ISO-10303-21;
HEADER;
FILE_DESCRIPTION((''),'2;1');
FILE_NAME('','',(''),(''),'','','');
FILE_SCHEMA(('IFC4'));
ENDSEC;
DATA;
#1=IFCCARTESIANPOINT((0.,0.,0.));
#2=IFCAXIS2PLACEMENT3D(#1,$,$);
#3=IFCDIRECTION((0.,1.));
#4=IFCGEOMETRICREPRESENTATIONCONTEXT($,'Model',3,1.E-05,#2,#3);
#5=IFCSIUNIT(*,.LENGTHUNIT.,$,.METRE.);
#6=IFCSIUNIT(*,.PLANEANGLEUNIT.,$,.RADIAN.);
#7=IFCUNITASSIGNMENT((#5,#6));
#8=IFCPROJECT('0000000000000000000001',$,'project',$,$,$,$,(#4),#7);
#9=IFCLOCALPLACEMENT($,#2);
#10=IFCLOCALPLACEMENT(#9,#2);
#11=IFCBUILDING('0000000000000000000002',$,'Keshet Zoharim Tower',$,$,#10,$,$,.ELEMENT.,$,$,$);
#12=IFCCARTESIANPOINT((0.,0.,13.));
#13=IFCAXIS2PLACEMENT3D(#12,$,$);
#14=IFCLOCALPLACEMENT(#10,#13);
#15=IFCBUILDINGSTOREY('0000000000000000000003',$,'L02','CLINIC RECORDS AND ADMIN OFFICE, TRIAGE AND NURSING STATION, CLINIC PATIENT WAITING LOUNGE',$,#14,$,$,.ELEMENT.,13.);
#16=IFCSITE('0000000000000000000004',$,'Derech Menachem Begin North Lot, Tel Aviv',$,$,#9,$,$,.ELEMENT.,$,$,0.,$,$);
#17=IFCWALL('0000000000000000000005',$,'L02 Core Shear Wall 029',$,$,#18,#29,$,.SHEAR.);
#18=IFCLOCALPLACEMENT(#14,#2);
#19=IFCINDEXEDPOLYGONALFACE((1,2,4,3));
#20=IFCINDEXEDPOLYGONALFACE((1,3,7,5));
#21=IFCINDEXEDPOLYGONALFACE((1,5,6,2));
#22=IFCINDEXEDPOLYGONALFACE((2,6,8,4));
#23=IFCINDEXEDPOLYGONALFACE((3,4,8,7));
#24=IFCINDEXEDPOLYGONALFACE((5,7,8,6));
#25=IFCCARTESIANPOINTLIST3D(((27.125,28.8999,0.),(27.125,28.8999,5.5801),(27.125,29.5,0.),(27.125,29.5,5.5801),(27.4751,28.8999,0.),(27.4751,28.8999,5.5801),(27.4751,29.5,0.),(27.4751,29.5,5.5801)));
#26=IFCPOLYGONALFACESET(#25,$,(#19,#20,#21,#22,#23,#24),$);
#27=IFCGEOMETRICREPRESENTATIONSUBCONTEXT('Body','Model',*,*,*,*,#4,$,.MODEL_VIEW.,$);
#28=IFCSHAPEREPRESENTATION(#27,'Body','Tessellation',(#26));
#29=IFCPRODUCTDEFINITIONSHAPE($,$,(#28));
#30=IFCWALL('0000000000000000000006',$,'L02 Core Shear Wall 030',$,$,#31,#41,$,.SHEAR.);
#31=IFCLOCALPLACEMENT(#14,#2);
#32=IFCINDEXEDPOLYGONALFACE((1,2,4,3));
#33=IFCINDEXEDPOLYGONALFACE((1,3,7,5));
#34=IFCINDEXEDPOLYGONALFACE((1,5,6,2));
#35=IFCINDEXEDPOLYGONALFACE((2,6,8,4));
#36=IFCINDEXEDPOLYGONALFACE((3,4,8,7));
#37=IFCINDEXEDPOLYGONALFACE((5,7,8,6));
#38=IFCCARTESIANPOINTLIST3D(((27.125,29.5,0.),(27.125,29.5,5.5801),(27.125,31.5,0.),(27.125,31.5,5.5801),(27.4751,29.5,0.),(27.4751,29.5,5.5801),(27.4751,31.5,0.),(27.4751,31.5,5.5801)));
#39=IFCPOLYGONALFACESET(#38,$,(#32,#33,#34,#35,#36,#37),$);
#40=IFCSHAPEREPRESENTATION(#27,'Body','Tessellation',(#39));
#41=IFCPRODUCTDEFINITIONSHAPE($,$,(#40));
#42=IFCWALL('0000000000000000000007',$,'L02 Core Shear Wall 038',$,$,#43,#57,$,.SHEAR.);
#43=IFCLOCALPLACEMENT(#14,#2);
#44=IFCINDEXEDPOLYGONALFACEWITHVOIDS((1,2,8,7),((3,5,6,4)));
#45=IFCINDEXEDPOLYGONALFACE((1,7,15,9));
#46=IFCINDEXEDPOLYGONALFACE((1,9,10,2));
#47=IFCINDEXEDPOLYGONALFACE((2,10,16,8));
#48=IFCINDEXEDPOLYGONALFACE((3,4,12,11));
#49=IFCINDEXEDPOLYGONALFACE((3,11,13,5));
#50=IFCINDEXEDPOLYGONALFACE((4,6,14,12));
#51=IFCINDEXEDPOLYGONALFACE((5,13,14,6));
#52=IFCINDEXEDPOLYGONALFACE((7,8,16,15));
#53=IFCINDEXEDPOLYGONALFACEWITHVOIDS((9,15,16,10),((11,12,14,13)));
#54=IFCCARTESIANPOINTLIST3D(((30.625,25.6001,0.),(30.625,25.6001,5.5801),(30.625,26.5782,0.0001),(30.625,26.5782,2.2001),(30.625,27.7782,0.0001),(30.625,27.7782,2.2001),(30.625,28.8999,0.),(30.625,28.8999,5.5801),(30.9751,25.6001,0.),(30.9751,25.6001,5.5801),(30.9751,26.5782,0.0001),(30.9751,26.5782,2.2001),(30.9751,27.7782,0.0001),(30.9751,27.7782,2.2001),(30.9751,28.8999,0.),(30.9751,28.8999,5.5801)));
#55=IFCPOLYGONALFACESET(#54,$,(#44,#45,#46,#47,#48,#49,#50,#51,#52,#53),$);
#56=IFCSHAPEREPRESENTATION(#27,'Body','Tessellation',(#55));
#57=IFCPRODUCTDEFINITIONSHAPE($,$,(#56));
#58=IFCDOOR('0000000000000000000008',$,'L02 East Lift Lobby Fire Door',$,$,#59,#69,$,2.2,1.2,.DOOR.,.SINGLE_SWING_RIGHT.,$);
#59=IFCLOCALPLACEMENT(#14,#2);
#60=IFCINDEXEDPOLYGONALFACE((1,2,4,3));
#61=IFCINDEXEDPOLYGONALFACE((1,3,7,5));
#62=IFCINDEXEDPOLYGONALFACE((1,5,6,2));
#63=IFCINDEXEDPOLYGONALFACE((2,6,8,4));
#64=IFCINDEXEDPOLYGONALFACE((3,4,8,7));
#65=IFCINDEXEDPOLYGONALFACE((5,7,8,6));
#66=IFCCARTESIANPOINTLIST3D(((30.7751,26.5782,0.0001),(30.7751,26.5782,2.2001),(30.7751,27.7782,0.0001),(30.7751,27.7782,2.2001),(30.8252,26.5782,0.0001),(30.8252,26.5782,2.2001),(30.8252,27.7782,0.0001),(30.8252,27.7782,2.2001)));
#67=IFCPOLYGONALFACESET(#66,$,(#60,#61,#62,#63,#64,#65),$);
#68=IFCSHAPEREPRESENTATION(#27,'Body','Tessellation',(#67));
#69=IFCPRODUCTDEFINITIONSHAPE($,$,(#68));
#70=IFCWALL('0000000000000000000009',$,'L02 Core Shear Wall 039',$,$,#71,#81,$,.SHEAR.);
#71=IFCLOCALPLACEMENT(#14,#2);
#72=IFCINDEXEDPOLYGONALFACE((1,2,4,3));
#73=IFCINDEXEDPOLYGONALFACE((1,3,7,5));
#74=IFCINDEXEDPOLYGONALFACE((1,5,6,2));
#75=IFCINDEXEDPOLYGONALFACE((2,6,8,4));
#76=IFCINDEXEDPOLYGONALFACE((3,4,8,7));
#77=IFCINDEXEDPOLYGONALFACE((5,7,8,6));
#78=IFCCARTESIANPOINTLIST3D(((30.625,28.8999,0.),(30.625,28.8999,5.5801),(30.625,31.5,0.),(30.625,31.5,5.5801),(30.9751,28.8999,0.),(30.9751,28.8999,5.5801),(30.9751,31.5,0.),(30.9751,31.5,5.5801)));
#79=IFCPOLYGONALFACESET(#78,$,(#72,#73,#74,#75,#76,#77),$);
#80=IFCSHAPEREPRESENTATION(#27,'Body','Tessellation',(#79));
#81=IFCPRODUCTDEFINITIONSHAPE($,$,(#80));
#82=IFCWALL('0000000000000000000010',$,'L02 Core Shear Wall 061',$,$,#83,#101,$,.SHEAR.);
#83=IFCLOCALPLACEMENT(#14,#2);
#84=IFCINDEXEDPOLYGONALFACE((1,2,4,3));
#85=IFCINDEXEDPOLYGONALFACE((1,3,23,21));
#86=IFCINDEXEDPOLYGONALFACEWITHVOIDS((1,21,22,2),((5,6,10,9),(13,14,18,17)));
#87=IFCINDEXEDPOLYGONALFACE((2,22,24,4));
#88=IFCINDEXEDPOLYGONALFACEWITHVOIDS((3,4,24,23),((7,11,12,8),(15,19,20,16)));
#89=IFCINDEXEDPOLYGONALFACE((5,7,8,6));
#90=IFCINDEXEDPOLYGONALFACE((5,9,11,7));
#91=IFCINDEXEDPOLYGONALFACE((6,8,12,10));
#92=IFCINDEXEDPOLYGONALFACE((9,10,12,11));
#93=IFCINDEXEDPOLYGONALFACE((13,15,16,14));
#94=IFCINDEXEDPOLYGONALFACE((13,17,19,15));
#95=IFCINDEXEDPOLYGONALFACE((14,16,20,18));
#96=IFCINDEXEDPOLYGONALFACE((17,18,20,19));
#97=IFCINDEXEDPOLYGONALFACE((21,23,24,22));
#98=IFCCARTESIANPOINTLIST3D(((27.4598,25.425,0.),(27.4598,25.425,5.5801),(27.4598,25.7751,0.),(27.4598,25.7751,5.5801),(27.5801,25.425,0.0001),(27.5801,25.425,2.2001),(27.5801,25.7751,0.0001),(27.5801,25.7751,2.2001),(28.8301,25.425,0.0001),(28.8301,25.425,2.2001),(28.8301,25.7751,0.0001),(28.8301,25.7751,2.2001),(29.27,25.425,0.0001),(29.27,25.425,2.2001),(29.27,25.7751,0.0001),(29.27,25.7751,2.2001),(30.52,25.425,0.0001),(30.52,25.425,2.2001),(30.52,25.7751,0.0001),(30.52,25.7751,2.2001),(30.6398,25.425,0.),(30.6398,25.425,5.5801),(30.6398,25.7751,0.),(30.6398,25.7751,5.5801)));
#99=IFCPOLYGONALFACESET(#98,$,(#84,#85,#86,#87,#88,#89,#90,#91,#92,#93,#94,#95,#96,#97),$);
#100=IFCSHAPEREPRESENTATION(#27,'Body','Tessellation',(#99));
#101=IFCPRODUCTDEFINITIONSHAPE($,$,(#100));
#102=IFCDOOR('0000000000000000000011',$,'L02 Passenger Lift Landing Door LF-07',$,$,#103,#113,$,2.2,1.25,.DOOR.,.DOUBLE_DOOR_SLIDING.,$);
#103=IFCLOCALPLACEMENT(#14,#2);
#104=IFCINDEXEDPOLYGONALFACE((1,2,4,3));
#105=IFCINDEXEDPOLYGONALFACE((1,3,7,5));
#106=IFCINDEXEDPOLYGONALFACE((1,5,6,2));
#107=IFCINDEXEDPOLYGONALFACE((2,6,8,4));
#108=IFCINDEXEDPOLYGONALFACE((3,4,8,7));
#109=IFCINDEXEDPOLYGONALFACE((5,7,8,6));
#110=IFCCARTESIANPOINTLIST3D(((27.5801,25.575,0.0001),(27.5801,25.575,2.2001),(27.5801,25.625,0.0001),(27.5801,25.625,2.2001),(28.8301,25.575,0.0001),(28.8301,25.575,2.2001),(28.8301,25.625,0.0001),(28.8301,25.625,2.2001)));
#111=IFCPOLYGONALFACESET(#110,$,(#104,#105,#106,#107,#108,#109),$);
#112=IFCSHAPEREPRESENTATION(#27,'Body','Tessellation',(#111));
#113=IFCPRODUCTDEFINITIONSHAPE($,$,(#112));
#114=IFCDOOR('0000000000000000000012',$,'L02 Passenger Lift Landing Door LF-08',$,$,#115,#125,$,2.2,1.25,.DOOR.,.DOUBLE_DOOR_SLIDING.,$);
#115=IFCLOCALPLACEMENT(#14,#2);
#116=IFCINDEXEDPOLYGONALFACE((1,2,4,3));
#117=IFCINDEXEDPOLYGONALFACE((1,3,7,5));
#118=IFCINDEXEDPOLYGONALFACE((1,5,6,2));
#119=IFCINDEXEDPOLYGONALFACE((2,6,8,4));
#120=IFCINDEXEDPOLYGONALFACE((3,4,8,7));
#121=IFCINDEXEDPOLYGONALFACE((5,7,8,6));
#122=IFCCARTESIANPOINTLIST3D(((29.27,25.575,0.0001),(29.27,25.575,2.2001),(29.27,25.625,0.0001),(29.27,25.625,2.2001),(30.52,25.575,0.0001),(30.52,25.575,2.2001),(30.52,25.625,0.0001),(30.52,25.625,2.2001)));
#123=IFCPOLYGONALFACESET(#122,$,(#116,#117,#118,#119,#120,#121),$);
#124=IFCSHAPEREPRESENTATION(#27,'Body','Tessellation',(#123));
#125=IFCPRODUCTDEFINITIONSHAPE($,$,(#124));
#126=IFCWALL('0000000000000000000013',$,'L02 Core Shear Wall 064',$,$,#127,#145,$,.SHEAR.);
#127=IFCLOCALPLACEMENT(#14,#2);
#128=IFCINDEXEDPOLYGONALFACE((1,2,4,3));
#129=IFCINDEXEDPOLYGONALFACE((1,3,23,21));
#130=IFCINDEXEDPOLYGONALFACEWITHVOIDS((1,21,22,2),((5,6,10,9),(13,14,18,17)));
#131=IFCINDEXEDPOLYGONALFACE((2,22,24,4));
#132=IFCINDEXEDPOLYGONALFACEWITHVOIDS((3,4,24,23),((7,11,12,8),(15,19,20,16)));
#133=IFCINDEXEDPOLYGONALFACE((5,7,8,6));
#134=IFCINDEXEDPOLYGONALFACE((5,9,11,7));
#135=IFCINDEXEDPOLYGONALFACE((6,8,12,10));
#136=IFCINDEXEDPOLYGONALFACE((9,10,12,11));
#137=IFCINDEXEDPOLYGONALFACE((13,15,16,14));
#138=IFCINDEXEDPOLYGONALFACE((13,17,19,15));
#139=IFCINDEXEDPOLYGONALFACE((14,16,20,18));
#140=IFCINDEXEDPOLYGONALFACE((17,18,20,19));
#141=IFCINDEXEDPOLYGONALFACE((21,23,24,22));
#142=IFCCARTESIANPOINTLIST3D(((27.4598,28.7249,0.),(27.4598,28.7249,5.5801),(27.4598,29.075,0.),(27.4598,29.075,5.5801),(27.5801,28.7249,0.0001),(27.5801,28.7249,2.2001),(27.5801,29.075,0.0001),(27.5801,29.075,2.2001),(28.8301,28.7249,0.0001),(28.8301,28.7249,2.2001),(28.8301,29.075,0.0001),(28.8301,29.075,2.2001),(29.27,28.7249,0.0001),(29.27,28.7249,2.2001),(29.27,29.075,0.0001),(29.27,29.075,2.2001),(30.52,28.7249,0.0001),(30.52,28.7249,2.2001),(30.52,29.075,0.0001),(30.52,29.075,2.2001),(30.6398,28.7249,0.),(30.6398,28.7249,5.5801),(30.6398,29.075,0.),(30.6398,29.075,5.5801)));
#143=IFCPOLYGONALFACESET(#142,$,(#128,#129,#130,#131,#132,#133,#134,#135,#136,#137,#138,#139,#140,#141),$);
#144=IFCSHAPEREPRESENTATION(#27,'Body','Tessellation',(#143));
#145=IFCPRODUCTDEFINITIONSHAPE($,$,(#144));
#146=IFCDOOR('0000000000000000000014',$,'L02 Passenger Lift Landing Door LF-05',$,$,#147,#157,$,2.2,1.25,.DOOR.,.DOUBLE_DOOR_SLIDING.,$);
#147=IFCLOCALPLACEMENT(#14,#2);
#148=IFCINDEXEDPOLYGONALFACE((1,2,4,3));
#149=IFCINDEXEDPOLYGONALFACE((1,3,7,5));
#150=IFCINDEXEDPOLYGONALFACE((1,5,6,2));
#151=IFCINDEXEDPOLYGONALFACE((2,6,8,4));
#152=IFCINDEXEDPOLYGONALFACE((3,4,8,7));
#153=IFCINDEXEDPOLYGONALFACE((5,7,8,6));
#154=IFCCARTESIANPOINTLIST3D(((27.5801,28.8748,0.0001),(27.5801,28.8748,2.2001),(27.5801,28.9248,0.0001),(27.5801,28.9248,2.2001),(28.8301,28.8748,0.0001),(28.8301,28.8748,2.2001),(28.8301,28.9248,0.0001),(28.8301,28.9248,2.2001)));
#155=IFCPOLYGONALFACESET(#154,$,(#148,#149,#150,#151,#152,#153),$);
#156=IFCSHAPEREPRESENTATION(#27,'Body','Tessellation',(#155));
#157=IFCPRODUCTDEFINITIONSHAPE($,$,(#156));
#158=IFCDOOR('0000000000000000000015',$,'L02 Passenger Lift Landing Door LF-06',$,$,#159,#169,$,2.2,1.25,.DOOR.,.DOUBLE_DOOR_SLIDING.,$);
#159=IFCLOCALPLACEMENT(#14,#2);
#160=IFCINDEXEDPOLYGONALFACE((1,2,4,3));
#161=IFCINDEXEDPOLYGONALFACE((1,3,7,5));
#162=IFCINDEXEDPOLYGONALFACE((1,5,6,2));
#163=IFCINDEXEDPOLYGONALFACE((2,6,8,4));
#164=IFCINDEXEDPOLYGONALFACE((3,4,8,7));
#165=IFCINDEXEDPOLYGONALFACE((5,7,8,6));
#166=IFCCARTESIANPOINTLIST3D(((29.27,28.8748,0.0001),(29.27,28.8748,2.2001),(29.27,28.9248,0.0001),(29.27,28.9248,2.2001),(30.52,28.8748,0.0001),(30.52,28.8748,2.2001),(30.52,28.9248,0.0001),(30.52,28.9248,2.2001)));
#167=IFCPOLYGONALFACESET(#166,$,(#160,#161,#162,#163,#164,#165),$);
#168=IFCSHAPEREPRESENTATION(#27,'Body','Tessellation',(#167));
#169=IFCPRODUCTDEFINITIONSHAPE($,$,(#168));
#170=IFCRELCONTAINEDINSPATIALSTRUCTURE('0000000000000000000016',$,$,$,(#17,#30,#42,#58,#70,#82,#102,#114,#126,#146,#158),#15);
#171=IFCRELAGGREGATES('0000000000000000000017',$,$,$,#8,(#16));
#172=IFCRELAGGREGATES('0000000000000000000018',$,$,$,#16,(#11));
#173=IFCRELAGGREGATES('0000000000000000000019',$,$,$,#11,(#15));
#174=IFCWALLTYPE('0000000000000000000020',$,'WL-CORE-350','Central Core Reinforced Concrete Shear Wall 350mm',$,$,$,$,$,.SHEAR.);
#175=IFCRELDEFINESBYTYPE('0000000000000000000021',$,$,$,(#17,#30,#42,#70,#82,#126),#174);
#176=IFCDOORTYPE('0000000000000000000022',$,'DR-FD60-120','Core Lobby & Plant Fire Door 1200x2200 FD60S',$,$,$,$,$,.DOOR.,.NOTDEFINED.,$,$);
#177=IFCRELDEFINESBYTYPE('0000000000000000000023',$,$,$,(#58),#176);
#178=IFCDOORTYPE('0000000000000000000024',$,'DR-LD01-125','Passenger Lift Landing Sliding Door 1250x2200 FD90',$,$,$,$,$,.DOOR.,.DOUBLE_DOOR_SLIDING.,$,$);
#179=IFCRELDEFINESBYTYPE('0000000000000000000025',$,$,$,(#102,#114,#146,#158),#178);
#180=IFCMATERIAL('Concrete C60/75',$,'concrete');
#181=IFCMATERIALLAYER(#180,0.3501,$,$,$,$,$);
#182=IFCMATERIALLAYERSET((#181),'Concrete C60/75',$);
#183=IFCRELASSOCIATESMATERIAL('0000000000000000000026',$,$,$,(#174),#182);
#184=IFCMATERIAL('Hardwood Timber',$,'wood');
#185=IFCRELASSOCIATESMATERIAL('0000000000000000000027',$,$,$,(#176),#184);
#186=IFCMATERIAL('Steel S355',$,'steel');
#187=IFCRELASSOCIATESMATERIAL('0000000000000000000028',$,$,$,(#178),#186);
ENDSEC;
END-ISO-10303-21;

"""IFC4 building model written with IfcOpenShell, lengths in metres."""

from ifc_helpers import new_model, si_unit, direction, frame, frame_2d, origin, place, context, subcontext, project, spatial, rectangle, extrude, material, layer, layer_set, type_object, element, fill, save


model = new_model("IFC4")

# Units and contexts
model_context = context("Model", 3, precision=1e-05, world=origin(), true_north=direction((0.0, 1.0)))
body_context = subcontext(model_context, "Body", "Model", "MODEL_VIEW")
ifc_project = project(units=[si_unit("LENGTHUNIT", "METRE"), si_unit("PLANEANGLEUNIT", "RADIAN")], contexts=[model_context])

# Site, building, storey
site_placement = place(None, origin())
site = spatial("IfcSite", under=ifc_project, at=site_placement, Name="Derech Menachem Begin North Lot, Tel Aviv", CompositionType="ELEMENT", RefElevation=0.0)
building_placement = place(site_placement, origin())
building = spatial("IfcBuilding", under=site, at=building_placement, Name="Keshet Zoharim Tower", CompositionType="ELEMENT")
storey_placement = place(building_placement, frame((0.0, 0.0, 13.0)))
storey = spatial("IfcBuildingStorey", under=building, at=storey_placement, Name="L02", Description="CLINIC RECORDS AND ADMIN OFFICE, TRIAGE AND NURSING STATION, CLINIC PATIENT WAITING LOUNGE", CompositionType="ELEMENT", Elevation=13.0)

# Shared definitions
ifc_material_1 = material(Name="Concrete C60/75", Category="concrete")

# Shared definitions
ifc_material_2 = material(Name="Steel S355", Category="steel")

# Walls
ifc_layer_1 = layer(ifc_material_1, 0.3501)
ifc_layer_set_1 = layer_set([ifc_layer_1], Name="Concrete C60/75")
wall_type_1 = type_object("IfcWallType", Name="WL-CORE-350", Description="Central Core Reinforced Concrete Shear Wall 350mm", PredefinedType="SHEAR", material=ifc_layer_set_1)
wall_1_placement = place(storey_placement, frame((27.3, 28.8999, 0.0), z_axis=(0.0, 0.0, 1.0), x_axis=(0.0, 1.0, 0.0)))
element("IfcWall", 1, at=wall_1_placement, inside=storey, type_object=wall_type_1, Name="L02 Core Shear Wall 029", PredefinedType="SHEAR", context=body_context, shape_type="SweptSolid", body=[
    extrude(rectangle(XDim=0.6001, YDim=0.3501, at=frame_2d((0.3, 0.0))), origin(), (0.0, 0.0, 1.0), 5.5801),
])
wall_2_placement = place(storey_placement, frame((27.3, 29.5, 0.0), z_axis=(0.0, 0.0, 1.0), x_axis=(0.0, 1.0, 0.0)))
element("IfcWall", 2, at=wall_2_placement, inside=storey, type_object=wall_type_1, Name="L02 Core Shear Wall 030", PredefinedType="SHEAR", context=body_context, shape_type="SweptSolid", body=[
    extrude(rectangle(XDim=2.0, YDim=0.3501, at=frame_2d((1.0, 0.0))), origin(), (0.0, 0.0, 1.0), 5.5801),
])

# Wall, opening, door
wall_3_placement = place(storey_placement, frame((30.8, 25.6001, 0.0), z_axis=(0.0, 0.0, 1.0), x_axis=(0.0, 1.0, 0.0)))
wall_3 = element("IfcWall", 3, at=wall_3_placement, inside=storey, type_object=wall_type_1, Name="L02 Core Shear Wall 038", PredefinedType="SHEAR", context=body_context, shape_type="SweptSolid", body=[
    extrude(rectangle(XDim=3.2998, YDim=0.3501, at=frame_2d((1.6499, 0.0))), origin(), (0.0, 0.0, 1.0), 5.5801),
])
opening_1_placement = place(wall_3_placement, frame((0.978, 0.0, 0.0)))
opening_1 = element("IfcOpeningElement", 4, at=opening_1_placement, cuts=wall_3, PredefinedType="OPENING", context=body_context, shape_type="SweptSolid", body=[
    extrude(rectangle(XDim=1.2, YDim=2.2, at=frame_2d((0.6001, 1.1001))), frame((0.0, 0.1851, 0.0), z_axis=(0.0, -1.0, 0.0), x_axis=(1.0, 0.0, 0.0)), (0.0, 0.0, 1.0), 0.3701),
])
ifc_material_3 = material(Name="Hardwood Timber", Category="wood")
door_type_1 = type_object("IfcDoorType", Name="DR-FD60-120", Description="Core Lobby & Plant Fire Door 1200x2200 FD60S", OperationType="NOTDEFINED", PredefinedType="DOOR", material=ifc_material_3)
door_1_placement = place(opening_1_placement, origin())
door_1 = element("IfcDoor", 5, at=door_1_placement, inside=storey, type_object=door_type_1, Name="L02 East Lift Lobby Fire Door", OperationType="SINGLE_SWING_RIGHT", OverallHeight=2.2, OverallWidth=1.2, PredefinedType="DOOR", context=body_context, shape_type="SweptSolid", body=[
    extrude(rectangle(XDim=1.2, YDim=2.2, at=frame_2d((0.6001, 1.1001))), frame((0.0, 0.0249, 0.0), z_axis=(0.0, -1.0, 0.0), x_axis=(1.0, 0.0, 0.0)), (0.0, 0.0, 1.0), 0.05),
])
fill(opening_1, door_1)

# Wall
wall_4_placement = place(storey_placement, frame((30.8, 28.8999, 0.0), z_axis=(0.0, 0.0, 1.0), x_axis=(0.0, 1.0, 0.0)))
element("IfcWall", 6, at=wall_4_placement, inside=storey, type_object=wall_type_1, Name="L02 Core Shear Wall 039", PredefinedType="SHEAR", context=body_context, shape_type="SweptSolid", body=[
    extrude(rectangle(XDim=2.6001, YDim=0.3501, at=frame_2d((1.3, 0.0))), origin(), (0.0, 0.0, 1.0), 5.5801),
])

# Walls, openings, doors
wall_5_placement = place(storey_placement, frame((27.46, 25.6001, 0.0), z_axis=(0.0, 0.0, 1.0), x_axis=(1.0, 0.0, 0.0)))
wall_5 = element("IfcWall", 7, at=wall_5_placement, inside=storey, type_object=wall_type_1, Name="L02 Core Shear Wall 061", PredefinedType="SHEAR", context=body_context, shape_type="SweptSolid", body=[
    extrude(rectangle(XDim=3.1799, YDim=0.3501, at=frame_2d((1.5898, 0.0))), origin(), (0.0, 0.0, 1.0), 5.5801),
])
opening_2_placement = place(wall_5_placement, frame((0.1201, 0.0, 0.0)))
opening_2 = element("IfcOpeningElement", 8, at=opening_2_placement, cuts=wall_5, PredefinedType="OPENING", context=body_context, shape_type="SweptSolid", body=[
    extrude(rectangle(XDim=1.25, YDim=2.2, at=frame_2d((0.625, 1.1001))), frame((0.0, 0.1851, 0.0), z_axis=(0.0, -1.0, 0.0), x_axis=(1.0, 0.0, 0.0)), (0.0, 0.0, 1.0), 0.3701),
])
opening_3_placement = place(wall_5_placement, frame((1.8101, 0.0, 0.0)))
opening_3 = element("IfcOpeningElement", 9, at=opening_3_placement, cuts=wall_5, PredefinedType="OPENING", context=body_context, shape_type="SweptSolid", body=[
    extrude(rectangle(XDim=1.25, YDim=2.2, at=frame_2d((0.625, 1.1001))), frame((0.0, 0.1851, 0.0), z_axis=(0.0, -1.0, 0.0), x_axis=(1.0, 0.0, 0.0)), (0.0, 0.0, 1.0), 0.3701),
])
door_type_2 = type_object("IfcDoorType", Name="DR-LD01-125", Description="Passenger Lift Landing Sliding Door 1250x2200 FD90", OperationType="DOUBLE_DOOR_SLIDING", PredefinedType="DOOR", material=ifc_material_2)
door_2_placement = place(opening_2_placement, origin())
door_2 = element("IfcDoor", 10, at=door_2_placement, inside=storey, type_object=door_type_2, Name="L02 Passenger Lift Landing Door LF-07", OperationType="DOUBLE_DOOR_SLIDING", OverallHeight=2.2, OverallWidth=1.25, PredefinedType="DOOR", context=body_context, shape_type="SweptSolid", body=[
    extrude(rectangle(XDim=1.25, YDim=2.2, at=frame_2d((0.625, 1.1001))), frame((0.0, 0.0249, 0.0), z_axis=(0.0, -1.0, 0.0), x_axis=(1.0, 0.0, 0.0)), (0.0, 0.0, 1.0), 0.05),
])
fill(opening_2, door_2)
door_3_placement = place(opening_3_placement, origin())
door_3 = element("IfcDoor", 11, at=door_3_placement, inside=storey, type_object=door_type_2, Name="L02 Passenger Lift Landing Door LF-08", OperationType="DOUBLE_DOOR_SLIDING", OverallHeight=2.2, OverallWidth=1.25, PredefinedType="DOOR", context=body_context, shape_type="SweptSolid", body=[
    extrude(rectangle(XDim=1.25, YDim=2.2, at=frame_2d((0.625, 1.1001))), frame((0.0, 0.0249, 0.0), z_axis=(0.0, -1.0, 0.0), x_axis=(1.0, 0.0, 0.0)), (0.0, 0.0, 1.0), 0.05),
])
fill(opening_3, door_3)
wall_6_placement = place(storey_placement, frame((27.46, 28.8999, 0.0), z_axis=(0.0, 0.0, 1.0), x_axis=(1.0, 0.0, 0.0)))
wall_6 = element("IfcWall", 12, at=wall_6_placement, inside=storey, type_object=wall_type_1, Name="L02 Core Shear Wall 064", PredefinedType="SHEAR", context=body_context, shape_type="SweptSolid", body=[
    extrude(rectangle(XDim=3.1799, YDim=0.3501, at=frame_2d((1.5898, 0.0))), origin(), (0.0, 0.0, 1.0), 5.5801),
])
opening_4_placement = place(wall_6_placement, frame((0.1201, 0.0, 0.0)))
opening_4 = element("IfcOpeningElement", 13, at=opening_4_placement, cuts=wall_6, PredefinedType="OPENING", context=body_context, shape_type="SweptSolid", body=[
    extrude(rectangle(XDim=1.25, YDim=2.2, at=frame_2d((0.625, 1.1001))), frame((0.0, 0.1851, 0.0), z_axis=(0.0, -1.0, 0.0), x_axis=(1.0, 0.0, 0.0)), (0.0, 0.0, 1.0), 0.3701),
])
opening_5_placement = place(wall_6_placement, frame((1.8101, 0.0, 0.0)))
opening_5 = element("IfcOpeningElement", 14, at=opening_5_placement, cuts=wall_6, PredefinedType="OPENING", context=body_context, shape_type="SweptSolid", body=[
    extrude(rectangle(XDim=1.25, YDim=2.2, at=frame_2d((0.625, 1.1001))), frame((0.0, 0.1851, 0.0), z_axis=(0.0, -1.0, 0.0), x_axis=(1.0, 0.0, 0.0)), (0.0, 0.0, 1.0), 0.3701),
])
door_4_placement = place(opening_4_placement, origin())
door_4 = element("IfcDoor", 15, at=door_4_placement, inside=storey, type_object=door_type_2, Name="L02 Passenger Lift Landing Door LF-05", OperationType="DOUBLE_DOOR_SLIDING", OverallHeight=2.2, OverallWidth=1.25, PredefinedType="DOOR", context=body_context, shape_type="SweptSolid", body=[
    extrude(rectangle(XDim=1.25, YDim=2.2, at=frame_2d((0.625, 1.1001))), frame((0.0, 0.0249, 0.0), z_axis=(0.0, -1.0, 0.0), x_axis=(1.0, 0.0, 0.0)), (0.0, 0.0, 1.0), 0.05),
])
fill(opening_4, door_4)
door_5_placement = place(opening_5_placement, origin())
door_5 = element("IfcDoor", 16, at=door_5_placement, inside=storey, type_object=door_type_2, Name="L02 Passenger Lift Landing Door LF-06", OperationType="DOUBLE_DOOR_SLIDING", OverallHeight=2.2, OverallWidth=1.25, PredefinedType="DOOR", context=body_context, shape_type="SweptSolid", body=[
    extrude(rectangle(XDim=1.25, YDim=2.2, at=frame_2d((0.625, 1.1001))), frame((0.0, 0.0249, 0.0), z_axis=(0.0, -1.0, 0.0), x_axis=(1.0, 0.0, 0.0)), (0.0, 0.0, 1.0), 0.05),
])
fill(opening_5, door_5)

save(model, "model.ifc")
